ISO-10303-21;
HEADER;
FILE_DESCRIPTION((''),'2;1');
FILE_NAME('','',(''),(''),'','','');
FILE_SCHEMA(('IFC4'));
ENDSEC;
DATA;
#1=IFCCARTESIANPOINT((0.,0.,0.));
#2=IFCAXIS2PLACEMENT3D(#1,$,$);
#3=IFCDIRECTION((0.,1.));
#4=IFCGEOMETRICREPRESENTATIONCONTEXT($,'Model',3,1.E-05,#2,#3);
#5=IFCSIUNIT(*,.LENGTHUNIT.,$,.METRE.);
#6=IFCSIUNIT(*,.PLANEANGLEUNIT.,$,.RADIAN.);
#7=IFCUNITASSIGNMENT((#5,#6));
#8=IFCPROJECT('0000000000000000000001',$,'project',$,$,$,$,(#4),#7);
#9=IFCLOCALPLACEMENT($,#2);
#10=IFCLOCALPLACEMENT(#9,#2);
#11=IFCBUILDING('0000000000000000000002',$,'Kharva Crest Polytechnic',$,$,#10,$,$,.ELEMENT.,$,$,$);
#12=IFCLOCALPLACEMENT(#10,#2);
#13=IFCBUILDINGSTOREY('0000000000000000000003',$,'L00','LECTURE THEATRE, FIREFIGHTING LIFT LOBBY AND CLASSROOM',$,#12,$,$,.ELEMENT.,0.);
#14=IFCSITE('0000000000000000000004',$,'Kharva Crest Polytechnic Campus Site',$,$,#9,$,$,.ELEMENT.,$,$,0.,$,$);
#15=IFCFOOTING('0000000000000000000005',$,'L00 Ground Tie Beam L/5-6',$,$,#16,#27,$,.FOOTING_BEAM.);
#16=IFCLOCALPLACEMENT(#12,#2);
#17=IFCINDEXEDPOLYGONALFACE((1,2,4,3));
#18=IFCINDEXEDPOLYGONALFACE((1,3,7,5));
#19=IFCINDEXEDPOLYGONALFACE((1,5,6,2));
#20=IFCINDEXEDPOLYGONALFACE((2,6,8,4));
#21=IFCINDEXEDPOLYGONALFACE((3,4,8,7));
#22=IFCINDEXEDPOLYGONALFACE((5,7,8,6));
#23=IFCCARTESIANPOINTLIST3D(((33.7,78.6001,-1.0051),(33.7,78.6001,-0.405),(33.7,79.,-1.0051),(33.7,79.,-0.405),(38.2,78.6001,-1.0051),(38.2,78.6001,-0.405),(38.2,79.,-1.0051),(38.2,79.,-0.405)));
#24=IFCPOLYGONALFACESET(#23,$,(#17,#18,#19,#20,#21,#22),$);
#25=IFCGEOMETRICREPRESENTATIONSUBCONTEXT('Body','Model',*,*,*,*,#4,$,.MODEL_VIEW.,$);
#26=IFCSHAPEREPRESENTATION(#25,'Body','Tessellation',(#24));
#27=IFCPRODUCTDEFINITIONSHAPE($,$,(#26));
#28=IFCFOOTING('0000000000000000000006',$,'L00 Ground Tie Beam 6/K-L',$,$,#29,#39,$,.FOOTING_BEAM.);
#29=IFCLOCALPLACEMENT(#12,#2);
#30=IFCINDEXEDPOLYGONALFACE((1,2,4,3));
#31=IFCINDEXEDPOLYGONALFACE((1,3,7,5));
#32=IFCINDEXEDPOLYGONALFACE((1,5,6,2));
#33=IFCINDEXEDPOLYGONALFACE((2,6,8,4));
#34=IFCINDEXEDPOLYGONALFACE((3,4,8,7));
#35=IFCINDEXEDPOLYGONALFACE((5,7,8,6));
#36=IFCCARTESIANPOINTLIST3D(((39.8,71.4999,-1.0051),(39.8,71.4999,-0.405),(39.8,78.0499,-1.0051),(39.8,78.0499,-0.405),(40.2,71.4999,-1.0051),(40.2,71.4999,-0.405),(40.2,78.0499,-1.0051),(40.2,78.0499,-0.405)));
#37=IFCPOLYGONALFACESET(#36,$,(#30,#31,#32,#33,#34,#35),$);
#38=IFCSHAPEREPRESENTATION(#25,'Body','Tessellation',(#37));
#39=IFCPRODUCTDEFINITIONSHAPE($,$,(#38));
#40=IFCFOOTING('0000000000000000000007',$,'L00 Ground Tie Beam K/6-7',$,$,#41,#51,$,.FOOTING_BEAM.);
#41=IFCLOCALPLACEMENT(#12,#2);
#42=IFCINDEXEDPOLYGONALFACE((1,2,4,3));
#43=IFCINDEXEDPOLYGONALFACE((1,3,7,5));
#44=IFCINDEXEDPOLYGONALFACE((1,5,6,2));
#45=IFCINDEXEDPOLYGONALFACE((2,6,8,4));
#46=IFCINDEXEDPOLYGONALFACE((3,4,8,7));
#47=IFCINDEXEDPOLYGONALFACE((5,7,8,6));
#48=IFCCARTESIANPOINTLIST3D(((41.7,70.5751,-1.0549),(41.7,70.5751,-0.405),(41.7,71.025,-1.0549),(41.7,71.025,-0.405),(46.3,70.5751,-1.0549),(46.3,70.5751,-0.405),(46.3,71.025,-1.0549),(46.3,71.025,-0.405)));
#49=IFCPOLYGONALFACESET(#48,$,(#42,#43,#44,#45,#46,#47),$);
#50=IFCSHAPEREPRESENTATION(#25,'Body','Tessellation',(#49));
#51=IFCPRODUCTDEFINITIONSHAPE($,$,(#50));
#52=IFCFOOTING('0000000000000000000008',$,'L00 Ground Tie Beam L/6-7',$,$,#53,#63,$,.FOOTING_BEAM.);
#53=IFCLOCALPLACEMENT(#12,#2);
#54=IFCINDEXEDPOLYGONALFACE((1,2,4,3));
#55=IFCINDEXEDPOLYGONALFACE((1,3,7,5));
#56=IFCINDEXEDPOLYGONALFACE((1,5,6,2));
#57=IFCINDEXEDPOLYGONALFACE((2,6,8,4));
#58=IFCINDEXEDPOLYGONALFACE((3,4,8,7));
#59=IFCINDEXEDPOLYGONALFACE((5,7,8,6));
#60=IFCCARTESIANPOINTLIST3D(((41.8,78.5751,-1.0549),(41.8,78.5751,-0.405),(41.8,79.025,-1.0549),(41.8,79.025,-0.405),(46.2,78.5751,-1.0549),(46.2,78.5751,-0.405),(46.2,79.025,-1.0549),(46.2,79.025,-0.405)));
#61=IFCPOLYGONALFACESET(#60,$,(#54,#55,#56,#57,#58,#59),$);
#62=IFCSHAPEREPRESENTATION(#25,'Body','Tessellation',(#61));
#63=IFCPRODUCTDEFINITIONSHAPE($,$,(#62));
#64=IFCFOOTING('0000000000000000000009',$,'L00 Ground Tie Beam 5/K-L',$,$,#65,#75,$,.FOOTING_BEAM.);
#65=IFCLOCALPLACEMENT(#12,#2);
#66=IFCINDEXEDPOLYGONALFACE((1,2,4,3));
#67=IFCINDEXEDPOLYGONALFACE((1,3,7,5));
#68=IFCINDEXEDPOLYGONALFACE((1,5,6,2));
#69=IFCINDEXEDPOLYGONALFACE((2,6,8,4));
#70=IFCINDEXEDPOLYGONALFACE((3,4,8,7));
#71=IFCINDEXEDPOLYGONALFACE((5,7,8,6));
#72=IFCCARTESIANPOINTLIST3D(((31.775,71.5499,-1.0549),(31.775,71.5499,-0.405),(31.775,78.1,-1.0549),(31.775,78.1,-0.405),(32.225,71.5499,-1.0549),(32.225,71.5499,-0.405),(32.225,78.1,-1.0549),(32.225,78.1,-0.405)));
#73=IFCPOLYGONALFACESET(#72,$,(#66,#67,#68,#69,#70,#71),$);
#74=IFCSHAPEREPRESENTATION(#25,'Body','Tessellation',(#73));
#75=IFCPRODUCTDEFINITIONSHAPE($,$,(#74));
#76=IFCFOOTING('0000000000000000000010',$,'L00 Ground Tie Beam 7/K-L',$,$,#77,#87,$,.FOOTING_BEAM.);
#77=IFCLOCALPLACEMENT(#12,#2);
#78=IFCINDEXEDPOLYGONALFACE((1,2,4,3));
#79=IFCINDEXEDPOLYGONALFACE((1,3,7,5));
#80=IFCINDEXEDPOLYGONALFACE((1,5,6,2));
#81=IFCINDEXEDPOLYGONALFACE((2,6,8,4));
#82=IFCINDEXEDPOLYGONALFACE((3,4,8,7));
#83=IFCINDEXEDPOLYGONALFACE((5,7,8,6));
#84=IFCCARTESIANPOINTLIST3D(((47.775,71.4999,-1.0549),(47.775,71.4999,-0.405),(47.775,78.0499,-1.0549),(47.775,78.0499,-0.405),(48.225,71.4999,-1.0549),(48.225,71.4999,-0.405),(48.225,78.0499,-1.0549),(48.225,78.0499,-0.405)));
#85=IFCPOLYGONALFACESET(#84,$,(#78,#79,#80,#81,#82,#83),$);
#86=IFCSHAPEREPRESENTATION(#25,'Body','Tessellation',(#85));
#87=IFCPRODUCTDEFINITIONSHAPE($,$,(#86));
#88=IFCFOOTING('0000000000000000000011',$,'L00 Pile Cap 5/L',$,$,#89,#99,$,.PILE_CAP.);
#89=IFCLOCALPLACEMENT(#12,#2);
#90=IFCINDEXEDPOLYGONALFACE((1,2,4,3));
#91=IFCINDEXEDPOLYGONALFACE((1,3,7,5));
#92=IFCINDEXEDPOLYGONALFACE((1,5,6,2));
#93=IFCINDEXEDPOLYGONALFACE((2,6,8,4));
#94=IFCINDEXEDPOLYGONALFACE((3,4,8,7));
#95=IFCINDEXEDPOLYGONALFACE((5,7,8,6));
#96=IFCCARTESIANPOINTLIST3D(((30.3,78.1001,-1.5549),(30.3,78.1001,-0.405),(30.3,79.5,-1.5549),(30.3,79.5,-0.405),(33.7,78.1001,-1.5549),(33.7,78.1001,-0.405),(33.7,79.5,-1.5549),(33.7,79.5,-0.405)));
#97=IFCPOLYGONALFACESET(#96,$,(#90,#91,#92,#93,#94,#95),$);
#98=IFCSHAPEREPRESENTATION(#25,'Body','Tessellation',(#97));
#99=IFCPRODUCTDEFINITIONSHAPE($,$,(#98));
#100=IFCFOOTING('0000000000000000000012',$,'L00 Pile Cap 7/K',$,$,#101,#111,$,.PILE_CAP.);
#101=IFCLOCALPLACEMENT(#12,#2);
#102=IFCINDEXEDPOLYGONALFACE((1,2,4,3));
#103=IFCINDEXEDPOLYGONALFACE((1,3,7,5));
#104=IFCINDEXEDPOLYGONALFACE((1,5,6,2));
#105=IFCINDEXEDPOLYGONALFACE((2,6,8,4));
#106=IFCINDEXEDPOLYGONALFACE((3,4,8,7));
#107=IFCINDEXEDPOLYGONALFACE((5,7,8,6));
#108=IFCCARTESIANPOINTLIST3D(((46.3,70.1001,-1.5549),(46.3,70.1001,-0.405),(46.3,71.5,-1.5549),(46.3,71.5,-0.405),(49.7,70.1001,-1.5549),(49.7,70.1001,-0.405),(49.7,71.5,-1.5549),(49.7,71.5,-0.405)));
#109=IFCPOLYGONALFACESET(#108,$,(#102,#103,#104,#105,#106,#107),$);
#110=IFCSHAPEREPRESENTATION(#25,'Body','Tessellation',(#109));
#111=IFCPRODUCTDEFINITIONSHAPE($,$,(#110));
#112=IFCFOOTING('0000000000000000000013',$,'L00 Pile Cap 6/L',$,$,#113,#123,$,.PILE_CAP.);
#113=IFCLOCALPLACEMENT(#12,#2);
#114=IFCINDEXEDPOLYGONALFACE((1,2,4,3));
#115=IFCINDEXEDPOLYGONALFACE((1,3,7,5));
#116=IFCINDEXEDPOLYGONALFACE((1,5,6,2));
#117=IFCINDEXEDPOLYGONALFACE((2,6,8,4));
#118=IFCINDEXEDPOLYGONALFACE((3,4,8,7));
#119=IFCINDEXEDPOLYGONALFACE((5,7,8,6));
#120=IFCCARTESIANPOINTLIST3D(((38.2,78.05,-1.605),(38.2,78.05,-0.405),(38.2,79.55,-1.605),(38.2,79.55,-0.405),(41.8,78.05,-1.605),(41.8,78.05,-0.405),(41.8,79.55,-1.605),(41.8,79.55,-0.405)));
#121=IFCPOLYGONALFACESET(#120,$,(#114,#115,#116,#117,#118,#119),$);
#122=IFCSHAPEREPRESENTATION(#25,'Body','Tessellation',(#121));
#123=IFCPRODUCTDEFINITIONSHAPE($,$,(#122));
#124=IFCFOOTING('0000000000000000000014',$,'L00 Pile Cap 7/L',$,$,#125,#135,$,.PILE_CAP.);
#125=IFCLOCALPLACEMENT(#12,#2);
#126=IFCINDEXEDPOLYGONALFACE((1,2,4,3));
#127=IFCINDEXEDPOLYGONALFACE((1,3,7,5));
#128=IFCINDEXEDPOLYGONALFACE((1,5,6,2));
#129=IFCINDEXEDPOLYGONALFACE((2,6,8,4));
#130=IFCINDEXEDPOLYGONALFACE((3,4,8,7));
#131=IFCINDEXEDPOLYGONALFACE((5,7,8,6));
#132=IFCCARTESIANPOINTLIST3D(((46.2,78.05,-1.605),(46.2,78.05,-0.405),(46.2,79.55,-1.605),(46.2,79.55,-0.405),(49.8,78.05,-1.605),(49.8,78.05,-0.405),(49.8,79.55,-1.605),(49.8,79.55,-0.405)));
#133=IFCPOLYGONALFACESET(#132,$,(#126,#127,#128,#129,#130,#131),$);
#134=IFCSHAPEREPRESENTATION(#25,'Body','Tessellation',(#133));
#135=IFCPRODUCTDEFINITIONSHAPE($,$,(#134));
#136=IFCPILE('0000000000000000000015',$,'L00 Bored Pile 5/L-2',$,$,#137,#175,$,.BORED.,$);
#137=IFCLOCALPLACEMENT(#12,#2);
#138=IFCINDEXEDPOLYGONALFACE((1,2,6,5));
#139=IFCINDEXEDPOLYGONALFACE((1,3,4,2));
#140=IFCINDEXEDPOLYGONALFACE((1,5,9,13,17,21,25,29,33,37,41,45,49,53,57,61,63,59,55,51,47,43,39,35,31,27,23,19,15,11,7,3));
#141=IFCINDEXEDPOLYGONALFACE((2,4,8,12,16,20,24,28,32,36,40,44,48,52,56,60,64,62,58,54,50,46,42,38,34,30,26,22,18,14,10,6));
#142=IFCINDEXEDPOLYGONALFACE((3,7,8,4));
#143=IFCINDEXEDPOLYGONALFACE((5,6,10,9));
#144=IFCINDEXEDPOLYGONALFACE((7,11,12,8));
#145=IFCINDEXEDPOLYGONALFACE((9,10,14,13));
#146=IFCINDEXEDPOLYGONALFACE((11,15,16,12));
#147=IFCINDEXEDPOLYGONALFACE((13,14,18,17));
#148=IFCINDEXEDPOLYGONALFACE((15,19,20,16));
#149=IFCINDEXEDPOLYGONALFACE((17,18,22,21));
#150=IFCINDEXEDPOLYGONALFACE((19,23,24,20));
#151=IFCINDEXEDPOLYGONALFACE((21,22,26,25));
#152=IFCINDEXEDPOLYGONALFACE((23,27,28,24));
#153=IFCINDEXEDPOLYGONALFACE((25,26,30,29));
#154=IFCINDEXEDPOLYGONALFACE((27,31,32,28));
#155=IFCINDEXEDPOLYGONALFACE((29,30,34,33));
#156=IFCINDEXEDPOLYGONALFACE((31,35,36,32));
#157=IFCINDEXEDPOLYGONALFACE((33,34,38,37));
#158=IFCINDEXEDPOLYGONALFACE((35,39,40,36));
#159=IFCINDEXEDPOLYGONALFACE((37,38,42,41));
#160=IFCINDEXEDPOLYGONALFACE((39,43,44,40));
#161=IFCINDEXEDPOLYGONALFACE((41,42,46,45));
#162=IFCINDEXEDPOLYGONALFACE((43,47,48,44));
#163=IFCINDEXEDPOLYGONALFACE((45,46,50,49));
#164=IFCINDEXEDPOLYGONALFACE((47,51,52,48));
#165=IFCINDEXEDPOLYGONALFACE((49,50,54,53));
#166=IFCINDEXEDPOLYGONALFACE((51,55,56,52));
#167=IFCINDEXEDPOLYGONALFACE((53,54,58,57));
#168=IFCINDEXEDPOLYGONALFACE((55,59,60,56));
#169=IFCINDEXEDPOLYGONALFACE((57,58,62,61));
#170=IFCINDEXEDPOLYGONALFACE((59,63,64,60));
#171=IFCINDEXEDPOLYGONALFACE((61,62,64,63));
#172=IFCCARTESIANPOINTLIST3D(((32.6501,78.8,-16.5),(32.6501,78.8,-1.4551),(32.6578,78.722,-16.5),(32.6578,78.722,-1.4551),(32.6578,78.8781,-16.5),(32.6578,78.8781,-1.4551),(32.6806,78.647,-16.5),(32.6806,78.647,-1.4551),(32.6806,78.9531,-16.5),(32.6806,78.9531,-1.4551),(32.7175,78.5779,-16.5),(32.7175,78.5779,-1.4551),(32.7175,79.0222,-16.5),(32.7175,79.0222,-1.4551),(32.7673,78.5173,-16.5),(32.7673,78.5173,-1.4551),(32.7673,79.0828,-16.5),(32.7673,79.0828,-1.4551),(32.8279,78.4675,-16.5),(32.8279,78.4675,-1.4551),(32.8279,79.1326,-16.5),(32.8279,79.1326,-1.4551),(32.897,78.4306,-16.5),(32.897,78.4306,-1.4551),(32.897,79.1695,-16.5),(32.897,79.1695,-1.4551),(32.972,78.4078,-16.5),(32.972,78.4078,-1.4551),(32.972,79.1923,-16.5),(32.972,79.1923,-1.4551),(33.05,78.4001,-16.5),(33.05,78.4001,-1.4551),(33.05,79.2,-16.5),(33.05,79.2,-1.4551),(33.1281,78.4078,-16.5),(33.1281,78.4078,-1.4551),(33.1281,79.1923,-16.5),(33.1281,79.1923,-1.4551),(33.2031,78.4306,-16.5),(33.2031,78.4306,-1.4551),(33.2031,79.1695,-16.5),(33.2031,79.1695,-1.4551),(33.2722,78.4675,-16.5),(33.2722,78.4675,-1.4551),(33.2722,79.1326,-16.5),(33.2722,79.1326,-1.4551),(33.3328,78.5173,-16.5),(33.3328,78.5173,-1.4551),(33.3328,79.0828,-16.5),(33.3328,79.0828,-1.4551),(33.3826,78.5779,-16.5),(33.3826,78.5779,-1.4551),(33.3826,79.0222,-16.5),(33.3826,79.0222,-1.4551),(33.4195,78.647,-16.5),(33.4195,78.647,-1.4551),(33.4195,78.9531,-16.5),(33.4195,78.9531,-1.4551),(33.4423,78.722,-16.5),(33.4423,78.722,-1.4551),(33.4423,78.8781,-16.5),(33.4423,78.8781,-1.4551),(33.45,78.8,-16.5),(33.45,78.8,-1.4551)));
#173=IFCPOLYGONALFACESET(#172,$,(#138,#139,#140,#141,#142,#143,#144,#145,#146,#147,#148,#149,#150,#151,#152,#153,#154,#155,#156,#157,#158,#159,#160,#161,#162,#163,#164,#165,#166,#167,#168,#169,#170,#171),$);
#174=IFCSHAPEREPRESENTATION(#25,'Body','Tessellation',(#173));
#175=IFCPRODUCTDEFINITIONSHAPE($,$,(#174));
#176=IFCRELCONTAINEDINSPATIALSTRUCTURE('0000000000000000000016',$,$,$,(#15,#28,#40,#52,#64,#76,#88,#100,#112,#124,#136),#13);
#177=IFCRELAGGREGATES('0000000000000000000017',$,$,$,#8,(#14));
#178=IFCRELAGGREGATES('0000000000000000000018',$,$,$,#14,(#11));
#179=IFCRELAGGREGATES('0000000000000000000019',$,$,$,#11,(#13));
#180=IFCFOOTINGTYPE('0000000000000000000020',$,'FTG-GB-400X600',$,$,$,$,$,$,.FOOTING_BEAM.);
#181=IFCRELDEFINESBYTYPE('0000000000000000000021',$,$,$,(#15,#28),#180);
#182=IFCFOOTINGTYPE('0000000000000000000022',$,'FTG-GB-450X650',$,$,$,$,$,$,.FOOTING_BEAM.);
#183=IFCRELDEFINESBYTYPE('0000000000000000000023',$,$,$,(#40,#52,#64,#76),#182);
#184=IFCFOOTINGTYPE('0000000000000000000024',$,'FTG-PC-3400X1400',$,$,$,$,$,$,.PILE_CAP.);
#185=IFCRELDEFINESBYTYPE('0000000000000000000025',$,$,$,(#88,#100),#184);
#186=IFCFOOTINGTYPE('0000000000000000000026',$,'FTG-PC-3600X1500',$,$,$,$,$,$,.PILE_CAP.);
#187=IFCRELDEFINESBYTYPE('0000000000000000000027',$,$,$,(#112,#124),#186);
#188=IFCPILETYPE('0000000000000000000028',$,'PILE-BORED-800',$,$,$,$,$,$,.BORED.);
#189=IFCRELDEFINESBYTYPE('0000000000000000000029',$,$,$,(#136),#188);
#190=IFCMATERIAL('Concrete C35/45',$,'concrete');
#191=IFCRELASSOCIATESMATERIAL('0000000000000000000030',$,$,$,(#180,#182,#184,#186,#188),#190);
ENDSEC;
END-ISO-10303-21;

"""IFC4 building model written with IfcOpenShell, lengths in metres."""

from ifc_helpers import new_model, si_unit, direction, frame, origin, origin_2d, place, context, subcontext, project, spatial, rectangle, circle, extrude, material, material_profile, profile_set, type_object, element, save


model = new_model("IFC4")

# Units and contexts
model_context = context("Model", 3, precision=1e-05, world=origin(), true_north=direction((0.0, 1.0)))
body_context = subcontext(model_context, "Body", "Model", "MODEL_VIEW")
ifc_project = project(units=[si_unit("LENGTHUNIT", "METRE"), si_unit("PLANEANGLEUNIT", "RADIAN")], contexts=[model_context])

# Site, building, storey
site_placement = place(None, origin())
site = spatial("IfcSite", under=ifc_project, at=site_placement, Name="Kharva Crest Polytechnic Campus Site", CompositionType="ELEMENT", RefElevation=0.0)
building_placement = place(site_placement, origin())
building = spatial("IfcBuilding", under=site, at=building_placement, Name="Kharva Crest Polytechnic", CompositionType="ELEMENT")
storey_placement = place(building_placement, origin())
storey = spatial("IfcBuildingStorey", under=building, at=storey_placement, Name="L00", Description="LECTURE THEATRE, FIREFIGHTING LIFT LOBBY AND CLASSROOM", CompositionType="ELEMENT", Elevation=0.0)

# Footings
ifc_material_1 = material(Name="Concrete C35/45", Category="concrete")
footing_type_1 = type_object("IfcFootingType", Name="FTG-GB-400X600", PredefinedType="FOOTING_BEAM", material=ifc_material_1)
footing_1_placement = place(storey_placement, frame((35.95, 78.8, -1.0051), z_axis=(0.0, 0.0, 1.0), x_axis=(1.0, 0.0, 0.0)))
element("IfcFooting", 1, at=footing_1_placement, inside=storey, type_object=footing_type_1, Name="L00 Ground Tie Beam L/5-6", PredefinedType="FOOTING_BEAM", context=body_context, shape_type="SweptSolid", body=[
    extrude(rectangle(XDim=4.5, YDim=0.3999, at=origin_2d()), origin(), (0.0, 0.0, 1.0), 0.6001),
])
footing_2_placement = place(storey_placement, frame((40.0, 74.7749, -1.0051), z_axis=(0.0, 0.0, 1.0), x_axis=(0.0, 1.0, 0.0)))
element("IfcFooting", 2, at=footing_2_placement, inside=storey, type_object=footing_type_1, Name="L00 Ground Tie Beam 6/K-L", PredefinedType="FOOTING_BEAM", context=body_context, shape_type="SweptSolid", body=[
    extrude(rectangle(XDim=6.55, YDim=0.3999, at=origin_2d()), origin(), (0.0, 0.0, 1.0), 0.6001),
])
footing_type_2 = type_object("IfcFootingType", Name="FTG-GB-450X650", PredefinedType="FOOTING_BEAM", material=ifc_material_1)
footing_3_placement = place(storey_placement, frame((44.0, 70.8, -1.0549), z_axis=(0.0, 0.0, 1.0), x_axis=(1.0, 0.0, 0.0)))
element("IfcFooting", 3, at=footing_3_placement, inside=storey, type_object=footing_type_2, Name="L00 Ground Tie Beam K/6-7", PredefinedType="FOOTING_BEAM", context=body_context, shape_type="SweptSolid", body=[
    extrude(rectangle(XDim=4.6001, YDim=0.45, at=origin_2d()), origin(), (0.0, 0.0, 1.0), 0.6499),
])
footing_4_placement = place(storey_placement, frame((44.0, 78.8, -1.0549), z_axis=(0.0, 0.0, 1.0), x_axis=(1.0, 0.0, 0.0)))
element("IfcFooting", 4, at=footing_4_placement, inside=storey, type_object=footing_type_2, Name="L00 Ground Tie Beam L/6-7", PredefinedType="FOOTING_BEAM", context=body_context, shape_type="SweptSolid", body=[
    extrude(rectangle(XDim=4.3999, YDim=0.45, at=origin_2d()), origin(), (0.0, 0.0, 1.0), 0.6499),
])
for number, where, z_axis, x_axis, name in (
    (5, (32.0, 74.825, -1.0549), (0.0, 0.0, 1.0), (0.0, 1.0, 0.0), "L00 Ground Tie Beam 5/K-L"),
    (6, (48.0, 74.7749, -1.0549), (0.0, 0.0, 1.0), (0.0, 1.0, 0.0), "L00 Ground Tie Beam 7/K-L"),
):
    element("IfcFooting", number, at=place(storey_placement, frame(where, z_axis=z_axis, x_axis=x_axis)), inside=storey, type_object=footing_type_2, Name=name, PredefinedType="FOOTING_BEAM", context=body_context, shape_type="SweptSolid", body=[
        extrude(rectangle(XDim=6.55, YDim=0.45, at=origin_2d()), origin(), (0.0, 0.0, 1.0), 0.6499),
    ])
footing_type_3 = type_object("IfcFootingType", Name="FTG-PC-3400X1400", PredefinedType="PILE_CAP", material=ifc_material_1)
for number, where, z_axis, x_axis, name in (
    (7, (32.0, 78.8, -1.5549), (0.0, 0.0, 1.0), (1.0, 0.0, 0.0), "L00 Pile Cap 5/L"),
    (8, (48.0, 70.8, -1.5549), (0.0, 0.0, 1.0), (1.0, 0.0, 0.0), "L00 Pile Cap 7/K"),
):
    element("IfcFooting", number, at=place(storey_placement, frame(where, z_axis=z_axis, x_axis=x_axis)), inside=storey, type_object=footing_type_3, Name=name, PredefinedType="PILE_CAP", context=body_context, shape_type="SweptSolid", body=[
        extrude(rectangle(XDim=3.3999, YDim=1.3999, at=origin_2d()), origin(), (0.0, 0.0, 1.0), 1.1499),
    ])
footing_type_4 = type_object("IfcFootingType", Name="FTG-PC-3600X1500", PredefinedType="PILE_CAP", material=ifc_material_1)
for number, where, z_axis, x_axis, name in (
    (9, (40.0, 78.8, -1.605), (0.0, 0.0, 1.0), (1.0, 0.0, 0.0), "L00 Pile Cap 6/L"),
    (10, (48.0, 78.8, -1.605), (0.0, 0.0, 1.0), (1.0, 0.0, 0.0), "L00 Pile Cap 7/L"),
):
    element("IfcFooting", number, at=place(storey_placement, frame(where, z_axis=z_axis, x_axis=x_axis)), inside=storey, type_object=footing_type_4, Name=name, PredefinedType="PILE_CAP", context=body_context, shape_type="SweptSolid", body=[
        extrude(rectangle(XDim=3.6001, YDim=1.5, at=origin_2d()), origin(), (0.0, 0.0, 1.0), 1.2),
    ])

# Pile
ifc_material_profile_1 = material_profile(ifc_material_1, circle(Radius=0.3999, at=origin_2d()), Name="DIA 800")
ifc_profile_set_1 = profile_set([ifc_material_profile_1], Name="Concrete C35/45")
pile_type_1 = type_object("IfcPileType", Name="PILE-BORED-800", PredefinedType="BORED", material=ifc_profile_set_1)
for number, where, z_axis, x_axis, name in (
    (11, (33.05, 78.8, -1.4551), (0.0, 0.0, -1.0), (1.0, 0.0, 0.0), "L00 Bored Pile 5/L-2"),
):
    element("IfcPile", number, at=place(storey_placement, frame(where, z_axis=z_axis, x_axis=x_axis)), inside=storey, type_object=pile_type_1, Name=name, PredefinedType="BORED", context=body_context, shape_type="SweptSolid", body=[
        extrude(circle(Radius=0.3999, at=origin_2d()), origin(), (0.0, 0.0, 1.0), 15.0449),
    ])

save(model, "model.ifc")
